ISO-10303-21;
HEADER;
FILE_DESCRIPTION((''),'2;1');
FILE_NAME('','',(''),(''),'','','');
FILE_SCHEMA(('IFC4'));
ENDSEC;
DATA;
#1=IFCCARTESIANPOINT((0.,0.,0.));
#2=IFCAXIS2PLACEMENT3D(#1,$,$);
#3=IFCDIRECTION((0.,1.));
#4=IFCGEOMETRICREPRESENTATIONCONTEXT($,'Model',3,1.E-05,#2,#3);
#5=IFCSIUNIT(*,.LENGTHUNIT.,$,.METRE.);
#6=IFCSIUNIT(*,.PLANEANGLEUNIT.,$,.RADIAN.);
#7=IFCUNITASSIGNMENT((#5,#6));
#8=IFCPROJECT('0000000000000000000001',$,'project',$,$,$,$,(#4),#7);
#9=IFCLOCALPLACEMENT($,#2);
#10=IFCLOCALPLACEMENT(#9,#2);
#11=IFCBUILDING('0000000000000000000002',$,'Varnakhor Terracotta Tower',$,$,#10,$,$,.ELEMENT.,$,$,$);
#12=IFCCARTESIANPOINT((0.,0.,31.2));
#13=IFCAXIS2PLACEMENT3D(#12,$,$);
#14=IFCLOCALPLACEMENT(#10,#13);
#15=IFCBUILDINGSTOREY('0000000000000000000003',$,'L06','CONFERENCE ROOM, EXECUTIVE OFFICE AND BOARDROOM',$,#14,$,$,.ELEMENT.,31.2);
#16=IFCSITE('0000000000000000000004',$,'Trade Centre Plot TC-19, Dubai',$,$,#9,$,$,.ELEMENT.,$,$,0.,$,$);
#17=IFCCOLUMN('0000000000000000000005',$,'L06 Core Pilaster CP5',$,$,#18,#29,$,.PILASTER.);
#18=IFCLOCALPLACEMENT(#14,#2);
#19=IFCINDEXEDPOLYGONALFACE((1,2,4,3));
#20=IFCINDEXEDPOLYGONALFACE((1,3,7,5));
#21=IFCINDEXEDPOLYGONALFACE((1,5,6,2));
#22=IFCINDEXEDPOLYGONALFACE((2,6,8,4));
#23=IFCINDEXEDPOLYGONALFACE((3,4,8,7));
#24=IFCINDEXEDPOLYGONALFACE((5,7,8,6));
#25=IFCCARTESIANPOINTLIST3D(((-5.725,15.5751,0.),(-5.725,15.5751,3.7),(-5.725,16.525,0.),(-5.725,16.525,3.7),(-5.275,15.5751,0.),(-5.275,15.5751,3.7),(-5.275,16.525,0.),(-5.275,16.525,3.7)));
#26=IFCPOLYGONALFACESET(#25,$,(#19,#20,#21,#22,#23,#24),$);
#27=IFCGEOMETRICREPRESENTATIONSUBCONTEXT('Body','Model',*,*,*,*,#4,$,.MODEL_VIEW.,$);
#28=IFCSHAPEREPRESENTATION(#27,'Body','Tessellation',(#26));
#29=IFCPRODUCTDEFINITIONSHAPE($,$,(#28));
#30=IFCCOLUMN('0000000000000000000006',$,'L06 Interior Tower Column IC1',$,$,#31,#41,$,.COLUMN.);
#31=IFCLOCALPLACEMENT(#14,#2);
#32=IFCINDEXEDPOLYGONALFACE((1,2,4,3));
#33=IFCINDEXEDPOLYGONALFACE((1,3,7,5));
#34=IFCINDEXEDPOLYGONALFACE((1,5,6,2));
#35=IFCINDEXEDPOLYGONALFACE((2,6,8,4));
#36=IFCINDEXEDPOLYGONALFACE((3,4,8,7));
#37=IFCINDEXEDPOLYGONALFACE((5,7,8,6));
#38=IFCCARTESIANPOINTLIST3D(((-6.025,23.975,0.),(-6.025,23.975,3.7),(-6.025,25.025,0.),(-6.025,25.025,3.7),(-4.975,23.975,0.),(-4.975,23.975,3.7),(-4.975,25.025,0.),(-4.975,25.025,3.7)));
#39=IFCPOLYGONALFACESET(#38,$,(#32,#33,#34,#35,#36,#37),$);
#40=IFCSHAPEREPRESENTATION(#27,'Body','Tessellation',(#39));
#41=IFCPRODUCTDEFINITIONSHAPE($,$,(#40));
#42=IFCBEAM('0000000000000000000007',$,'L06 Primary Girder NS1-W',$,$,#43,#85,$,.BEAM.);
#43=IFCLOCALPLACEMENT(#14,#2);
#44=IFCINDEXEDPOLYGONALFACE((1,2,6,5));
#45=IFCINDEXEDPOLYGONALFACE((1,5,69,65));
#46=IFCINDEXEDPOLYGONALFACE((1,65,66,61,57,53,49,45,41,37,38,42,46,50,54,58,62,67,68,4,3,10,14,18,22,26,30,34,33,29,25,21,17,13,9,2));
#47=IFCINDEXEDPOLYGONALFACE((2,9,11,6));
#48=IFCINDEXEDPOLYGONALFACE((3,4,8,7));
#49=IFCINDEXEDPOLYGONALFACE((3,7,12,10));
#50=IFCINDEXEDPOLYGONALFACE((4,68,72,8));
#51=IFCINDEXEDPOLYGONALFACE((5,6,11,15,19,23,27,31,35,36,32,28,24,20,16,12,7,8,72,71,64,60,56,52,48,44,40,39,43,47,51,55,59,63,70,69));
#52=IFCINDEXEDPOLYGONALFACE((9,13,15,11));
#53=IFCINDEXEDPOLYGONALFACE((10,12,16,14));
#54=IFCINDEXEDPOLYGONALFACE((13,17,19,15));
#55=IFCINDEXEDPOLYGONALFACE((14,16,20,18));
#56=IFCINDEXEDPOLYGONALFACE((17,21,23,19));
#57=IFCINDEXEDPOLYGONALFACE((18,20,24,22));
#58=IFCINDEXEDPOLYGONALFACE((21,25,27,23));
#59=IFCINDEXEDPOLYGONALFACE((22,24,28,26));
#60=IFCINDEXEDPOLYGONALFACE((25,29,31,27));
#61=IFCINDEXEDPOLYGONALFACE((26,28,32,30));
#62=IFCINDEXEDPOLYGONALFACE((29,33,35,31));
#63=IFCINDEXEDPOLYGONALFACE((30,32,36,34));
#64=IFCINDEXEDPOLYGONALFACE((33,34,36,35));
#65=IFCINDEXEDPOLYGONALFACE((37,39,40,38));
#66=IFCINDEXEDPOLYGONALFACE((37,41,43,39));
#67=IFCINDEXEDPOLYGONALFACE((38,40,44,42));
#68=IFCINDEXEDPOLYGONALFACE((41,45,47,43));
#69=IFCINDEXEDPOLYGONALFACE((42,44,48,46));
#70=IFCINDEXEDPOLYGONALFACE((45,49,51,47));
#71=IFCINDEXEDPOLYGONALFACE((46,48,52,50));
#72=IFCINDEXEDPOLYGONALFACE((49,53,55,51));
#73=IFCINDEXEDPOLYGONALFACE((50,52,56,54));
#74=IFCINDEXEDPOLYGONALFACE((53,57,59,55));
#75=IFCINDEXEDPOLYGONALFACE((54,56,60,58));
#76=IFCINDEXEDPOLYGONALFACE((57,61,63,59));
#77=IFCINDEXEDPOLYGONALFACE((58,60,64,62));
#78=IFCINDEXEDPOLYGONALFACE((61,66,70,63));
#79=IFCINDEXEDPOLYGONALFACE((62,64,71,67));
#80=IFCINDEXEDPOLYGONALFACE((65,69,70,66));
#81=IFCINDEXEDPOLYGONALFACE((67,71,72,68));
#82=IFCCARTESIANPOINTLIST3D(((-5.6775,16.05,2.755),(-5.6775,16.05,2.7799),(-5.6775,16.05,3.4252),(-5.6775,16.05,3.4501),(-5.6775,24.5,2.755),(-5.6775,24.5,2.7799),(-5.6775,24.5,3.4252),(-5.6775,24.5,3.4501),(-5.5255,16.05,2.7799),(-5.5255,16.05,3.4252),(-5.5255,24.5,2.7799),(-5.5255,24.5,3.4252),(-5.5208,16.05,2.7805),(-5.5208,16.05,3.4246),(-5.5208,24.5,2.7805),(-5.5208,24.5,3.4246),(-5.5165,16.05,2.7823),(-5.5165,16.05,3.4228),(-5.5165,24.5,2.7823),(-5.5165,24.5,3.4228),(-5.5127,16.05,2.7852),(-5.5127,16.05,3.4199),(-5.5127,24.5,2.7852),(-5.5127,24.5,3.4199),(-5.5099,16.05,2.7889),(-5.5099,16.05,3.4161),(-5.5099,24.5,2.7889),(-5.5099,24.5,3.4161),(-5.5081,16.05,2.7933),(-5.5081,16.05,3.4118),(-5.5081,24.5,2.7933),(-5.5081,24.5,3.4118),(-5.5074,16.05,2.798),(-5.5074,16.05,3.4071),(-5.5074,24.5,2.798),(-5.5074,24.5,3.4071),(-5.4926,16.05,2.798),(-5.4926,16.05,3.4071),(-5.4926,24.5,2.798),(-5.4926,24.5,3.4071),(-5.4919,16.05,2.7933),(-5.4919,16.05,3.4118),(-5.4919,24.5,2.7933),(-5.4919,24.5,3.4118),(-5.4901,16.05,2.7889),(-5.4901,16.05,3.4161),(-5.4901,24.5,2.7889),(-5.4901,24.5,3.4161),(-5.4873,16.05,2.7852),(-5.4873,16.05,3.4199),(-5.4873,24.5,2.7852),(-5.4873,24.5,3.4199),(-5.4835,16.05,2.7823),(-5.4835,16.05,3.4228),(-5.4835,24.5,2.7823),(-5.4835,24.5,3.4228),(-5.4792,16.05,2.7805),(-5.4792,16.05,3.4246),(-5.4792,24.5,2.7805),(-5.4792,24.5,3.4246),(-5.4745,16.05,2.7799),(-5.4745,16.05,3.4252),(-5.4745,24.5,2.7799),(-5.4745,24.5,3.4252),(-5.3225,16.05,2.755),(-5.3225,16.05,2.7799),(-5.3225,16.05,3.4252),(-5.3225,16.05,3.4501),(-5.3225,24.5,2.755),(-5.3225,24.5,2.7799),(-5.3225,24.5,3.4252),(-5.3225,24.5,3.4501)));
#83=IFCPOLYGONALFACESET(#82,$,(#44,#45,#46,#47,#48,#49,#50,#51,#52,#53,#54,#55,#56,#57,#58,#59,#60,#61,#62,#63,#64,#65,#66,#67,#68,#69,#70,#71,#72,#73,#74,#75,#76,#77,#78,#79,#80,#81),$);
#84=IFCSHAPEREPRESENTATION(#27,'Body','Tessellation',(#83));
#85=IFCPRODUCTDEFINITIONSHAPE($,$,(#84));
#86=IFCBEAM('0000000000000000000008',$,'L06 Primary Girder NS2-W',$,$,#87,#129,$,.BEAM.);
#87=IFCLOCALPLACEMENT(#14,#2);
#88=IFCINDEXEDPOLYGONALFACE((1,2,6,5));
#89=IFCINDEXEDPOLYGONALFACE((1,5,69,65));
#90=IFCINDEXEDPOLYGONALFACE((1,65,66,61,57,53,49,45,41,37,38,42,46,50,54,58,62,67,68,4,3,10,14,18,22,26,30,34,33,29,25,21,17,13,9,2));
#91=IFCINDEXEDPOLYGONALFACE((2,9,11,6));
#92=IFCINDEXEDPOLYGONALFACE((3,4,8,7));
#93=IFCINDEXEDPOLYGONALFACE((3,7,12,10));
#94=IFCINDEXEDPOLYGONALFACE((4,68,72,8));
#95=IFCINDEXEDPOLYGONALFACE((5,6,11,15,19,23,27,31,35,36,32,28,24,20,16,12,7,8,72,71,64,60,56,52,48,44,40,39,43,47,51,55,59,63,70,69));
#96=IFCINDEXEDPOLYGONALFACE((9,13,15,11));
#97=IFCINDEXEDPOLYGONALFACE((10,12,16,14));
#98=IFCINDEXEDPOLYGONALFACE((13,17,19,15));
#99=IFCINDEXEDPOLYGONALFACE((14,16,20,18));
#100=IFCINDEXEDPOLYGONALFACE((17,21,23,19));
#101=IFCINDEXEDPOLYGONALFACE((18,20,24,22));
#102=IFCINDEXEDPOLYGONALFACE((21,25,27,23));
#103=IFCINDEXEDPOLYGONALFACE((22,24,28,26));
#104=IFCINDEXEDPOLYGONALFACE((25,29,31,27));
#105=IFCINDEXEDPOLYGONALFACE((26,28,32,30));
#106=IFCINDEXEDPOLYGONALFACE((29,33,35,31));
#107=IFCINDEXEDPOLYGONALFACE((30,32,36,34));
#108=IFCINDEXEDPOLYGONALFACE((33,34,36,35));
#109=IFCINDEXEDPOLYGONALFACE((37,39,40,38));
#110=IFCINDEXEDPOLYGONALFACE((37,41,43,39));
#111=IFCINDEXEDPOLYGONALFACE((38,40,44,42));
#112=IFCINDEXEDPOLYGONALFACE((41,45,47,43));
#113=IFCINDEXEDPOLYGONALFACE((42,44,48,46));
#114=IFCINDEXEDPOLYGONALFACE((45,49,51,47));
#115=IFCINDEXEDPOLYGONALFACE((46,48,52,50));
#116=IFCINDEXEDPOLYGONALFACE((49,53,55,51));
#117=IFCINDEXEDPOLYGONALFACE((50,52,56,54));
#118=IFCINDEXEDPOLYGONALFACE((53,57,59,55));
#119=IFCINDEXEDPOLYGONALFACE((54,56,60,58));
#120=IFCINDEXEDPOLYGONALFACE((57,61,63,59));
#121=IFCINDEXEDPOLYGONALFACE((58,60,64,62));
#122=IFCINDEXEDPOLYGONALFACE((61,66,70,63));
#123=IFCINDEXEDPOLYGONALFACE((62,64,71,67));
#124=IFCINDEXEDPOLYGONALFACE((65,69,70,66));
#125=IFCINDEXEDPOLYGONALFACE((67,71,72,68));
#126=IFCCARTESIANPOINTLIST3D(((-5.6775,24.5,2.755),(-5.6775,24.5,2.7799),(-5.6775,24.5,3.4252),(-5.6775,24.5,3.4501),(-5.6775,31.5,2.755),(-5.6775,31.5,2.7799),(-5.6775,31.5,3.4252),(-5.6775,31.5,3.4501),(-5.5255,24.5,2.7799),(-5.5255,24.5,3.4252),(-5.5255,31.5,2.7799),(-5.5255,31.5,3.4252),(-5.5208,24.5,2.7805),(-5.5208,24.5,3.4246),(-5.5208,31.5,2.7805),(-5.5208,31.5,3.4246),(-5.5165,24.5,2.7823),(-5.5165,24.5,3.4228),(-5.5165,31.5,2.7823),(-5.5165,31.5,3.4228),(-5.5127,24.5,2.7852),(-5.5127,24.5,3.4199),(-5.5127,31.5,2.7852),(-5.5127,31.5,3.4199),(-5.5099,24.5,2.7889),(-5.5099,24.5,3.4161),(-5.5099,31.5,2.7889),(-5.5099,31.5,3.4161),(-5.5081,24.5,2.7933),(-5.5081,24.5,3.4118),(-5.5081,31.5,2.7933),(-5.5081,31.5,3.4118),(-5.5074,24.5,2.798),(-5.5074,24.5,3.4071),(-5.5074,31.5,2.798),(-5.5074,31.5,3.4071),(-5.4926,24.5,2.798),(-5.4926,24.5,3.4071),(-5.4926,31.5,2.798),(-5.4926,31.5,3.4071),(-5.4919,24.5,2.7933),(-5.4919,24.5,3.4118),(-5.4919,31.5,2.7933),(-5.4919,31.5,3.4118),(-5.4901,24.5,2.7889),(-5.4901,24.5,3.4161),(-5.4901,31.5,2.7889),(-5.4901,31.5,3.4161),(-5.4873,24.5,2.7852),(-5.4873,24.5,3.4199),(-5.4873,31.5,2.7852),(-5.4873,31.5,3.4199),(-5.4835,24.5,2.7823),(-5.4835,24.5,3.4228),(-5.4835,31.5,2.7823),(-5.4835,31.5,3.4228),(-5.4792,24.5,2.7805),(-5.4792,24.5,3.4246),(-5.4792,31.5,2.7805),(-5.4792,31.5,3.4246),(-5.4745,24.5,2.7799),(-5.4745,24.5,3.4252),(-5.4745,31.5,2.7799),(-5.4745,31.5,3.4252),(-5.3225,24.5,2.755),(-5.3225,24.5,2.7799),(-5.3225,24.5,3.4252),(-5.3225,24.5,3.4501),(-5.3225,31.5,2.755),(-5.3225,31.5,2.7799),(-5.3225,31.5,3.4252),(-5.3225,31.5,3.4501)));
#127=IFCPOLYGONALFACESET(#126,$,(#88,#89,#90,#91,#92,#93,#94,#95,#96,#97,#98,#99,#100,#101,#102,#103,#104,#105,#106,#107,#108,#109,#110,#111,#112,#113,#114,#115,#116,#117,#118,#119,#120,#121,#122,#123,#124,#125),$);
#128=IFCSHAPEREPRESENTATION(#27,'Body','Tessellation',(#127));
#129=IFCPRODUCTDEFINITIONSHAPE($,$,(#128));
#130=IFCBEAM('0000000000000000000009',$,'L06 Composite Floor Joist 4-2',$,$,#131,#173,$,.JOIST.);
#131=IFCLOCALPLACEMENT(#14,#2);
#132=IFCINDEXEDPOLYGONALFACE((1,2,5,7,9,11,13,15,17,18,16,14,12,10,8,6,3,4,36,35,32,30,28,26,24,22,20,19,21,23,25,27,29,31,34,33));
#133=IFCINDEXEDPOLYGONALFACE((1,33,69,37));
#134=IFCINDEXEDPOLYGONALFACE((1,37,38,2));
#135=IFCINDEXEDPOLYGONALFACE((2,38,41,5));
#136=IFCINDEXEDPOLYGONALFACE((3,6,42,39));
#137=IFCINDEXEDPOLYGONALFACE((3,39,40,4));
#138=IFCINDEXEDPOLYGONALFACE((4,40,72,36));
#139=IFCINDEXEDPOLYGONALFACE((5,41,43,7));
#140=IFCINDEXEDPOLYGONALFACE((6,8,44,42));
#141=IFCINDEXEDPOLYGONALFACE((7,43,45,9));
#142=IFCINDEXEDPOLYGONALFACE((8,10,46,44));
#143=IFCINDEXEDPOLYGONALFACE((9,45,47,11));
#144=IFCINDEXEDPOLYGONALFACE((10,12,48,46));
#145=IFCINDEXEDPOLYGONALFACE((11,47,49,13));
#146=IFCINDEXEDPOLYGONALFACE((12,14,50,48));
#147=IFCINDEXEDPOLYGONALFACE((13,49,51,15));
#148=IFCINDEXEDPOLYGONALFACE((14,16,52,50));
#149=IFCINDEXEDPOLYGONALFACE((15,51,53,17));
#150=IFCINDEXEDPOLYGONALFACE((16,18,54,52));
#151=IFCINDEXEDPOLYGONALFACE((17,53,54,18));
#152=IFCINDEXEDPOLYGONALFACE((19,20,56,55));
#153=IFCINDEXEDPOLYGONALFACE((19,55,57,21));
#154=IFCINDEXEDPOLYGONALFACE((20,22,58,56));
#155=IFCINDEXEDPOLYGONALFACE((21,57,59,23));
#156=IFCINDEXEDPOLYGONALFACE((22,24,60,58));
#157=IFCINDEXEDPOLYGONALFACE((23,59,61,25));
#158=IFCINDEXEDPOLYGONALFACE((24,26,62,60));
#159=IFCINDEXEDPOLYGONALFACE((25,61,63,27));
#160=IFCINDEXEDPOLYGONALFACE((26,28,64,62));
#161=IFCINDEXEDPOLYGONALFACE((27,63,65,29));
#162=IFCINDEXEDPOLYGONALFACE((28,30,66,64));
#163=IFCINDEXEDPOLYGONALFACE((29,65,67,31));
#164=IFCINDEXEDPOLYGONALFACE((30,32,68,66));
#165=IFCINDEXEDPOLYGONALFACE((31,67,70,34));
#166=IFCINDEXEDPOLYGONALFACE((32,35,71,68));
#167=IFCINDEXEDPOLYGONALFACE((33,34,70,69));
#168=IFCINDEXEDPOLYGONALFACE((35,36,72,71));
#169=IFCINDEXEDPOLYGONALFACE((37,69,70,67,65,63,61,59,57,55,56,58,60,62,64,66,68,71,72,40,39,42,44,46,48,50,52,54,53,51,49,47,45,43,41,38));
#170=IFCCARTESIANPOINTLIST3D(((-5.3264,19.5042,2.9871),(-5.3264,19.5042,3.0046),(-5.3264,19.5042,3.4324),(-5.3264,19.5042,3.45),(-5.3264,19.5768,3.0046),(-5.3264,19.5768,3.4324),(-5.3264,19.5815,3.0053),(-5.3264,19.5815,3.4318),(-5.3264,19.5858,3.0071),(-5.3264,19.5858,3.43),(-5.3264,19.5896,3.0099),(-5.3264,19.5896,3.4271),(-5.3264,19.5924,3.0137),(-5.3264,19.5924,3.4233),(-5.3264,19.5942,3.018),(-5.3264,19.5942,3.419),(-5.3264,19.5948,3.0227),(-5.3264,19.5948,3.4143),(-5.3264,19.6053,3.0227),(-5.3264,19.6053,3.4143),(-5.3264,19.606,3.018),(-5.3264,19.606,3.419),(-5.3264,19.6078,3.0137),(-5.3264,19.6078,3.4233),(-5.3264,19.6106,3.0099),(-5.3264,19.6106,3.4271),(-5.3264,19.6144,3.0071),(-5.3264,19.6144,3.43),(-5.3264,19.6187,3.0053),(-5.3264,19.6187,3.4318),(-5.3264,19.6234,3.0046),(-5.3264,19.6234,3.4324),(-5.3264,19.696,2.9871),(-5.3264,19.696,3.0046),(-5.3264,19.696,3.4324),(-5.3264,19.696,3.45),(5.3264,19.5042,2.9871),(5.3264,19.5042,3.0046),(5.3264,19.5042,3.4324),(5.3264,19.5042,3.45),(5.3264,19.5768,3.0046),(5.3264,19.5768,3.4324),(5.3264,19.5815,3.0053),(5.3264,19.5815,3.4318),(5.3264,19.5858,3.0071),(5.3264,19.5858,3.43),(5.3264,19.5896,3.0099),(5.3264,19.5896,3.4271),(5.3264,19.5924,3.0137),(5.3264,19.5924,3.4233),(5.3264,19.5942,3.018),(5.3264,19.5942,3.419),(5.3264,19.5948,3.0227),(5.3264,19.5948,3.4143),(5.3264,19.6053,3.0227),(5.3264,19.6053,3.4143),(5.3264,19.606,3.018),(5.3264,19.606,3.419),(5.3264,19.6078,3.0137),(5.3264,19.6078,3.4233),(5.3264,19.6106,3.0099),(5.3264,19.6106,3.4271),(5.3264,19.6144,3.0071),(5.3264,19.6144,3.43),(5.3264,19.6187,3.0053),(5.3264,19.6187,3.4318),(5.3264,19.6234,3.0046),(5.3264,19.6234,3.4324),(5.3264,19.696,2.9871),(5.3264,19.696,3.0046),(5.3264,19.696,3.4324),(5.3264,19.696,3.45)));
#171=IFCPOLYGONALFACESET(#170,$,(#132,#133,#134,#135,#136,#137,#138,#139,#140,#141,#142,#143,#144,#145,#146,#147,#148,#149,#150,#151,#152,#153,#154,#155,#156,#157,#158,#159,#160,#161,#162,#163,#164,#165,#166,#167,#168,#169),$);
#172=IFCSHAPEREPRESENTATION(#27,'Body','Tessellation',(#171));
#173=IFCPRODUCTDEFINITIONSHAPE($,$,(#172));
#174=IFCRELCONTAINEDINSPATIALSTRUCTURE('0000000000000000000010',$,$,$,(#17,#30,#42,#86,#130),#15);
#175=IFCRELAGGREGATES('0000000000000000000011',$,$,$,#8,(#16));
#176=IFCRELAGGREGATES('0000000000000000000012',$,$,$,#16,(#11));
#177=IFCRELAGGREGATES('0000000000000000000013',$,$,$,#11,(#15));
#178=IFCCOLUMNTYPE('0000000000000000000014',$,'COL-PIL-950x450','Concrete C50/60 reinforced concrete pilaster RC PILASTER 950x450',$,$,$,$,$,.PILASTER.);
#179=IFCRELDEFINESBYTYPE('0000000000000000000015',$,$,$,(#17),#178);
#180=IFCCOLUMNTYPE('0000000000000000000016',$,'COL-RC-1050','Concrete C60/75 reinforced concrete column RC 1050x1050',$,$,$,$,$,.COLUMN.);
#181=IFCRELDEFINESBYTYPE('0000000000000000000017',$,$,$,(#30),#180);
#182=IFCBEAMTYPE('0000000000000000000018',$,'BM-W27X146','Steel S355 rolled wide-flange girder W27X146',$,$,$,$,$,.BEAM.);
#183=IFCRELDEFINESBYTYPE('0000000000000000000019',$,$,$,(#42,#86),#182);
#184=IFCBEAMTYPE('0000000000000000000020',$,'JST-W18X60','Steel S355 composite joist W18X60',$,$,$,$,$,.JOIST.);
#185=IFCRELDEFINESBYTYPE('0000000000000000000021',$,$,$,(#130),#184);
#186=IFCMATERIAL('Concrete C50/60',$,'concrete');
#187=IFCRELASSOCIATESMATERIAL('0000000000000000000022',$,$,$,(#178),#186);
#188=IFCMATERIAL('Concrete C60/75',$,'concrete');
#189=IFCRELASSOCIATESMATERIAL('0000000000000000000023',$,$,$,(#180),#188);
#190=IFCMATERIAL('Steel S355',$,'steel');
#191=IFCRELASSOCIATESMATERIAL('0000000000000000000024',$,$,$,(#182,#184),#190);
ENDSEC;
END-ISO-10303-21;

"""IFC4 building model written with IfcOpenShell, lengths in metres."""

from ifc_helpers import new_model, si_unit, direction, frame, origin, origin_2d, place, context, subcontext, project, spatial, rectangle, i_section, extrude, source, transform, mapped, material, material_profile, profile_set, type_object, type_shapes, element, save


model = new_model("IFC4")

# Units and contexts
model_context = context("Model", 3, precision=1e-05, world=origin(), true_north=direction((0.0, 1.0)))
body_context = subcontext(model_context, "Body", "Model", "MODEL_VIEW")
ifc_project = project(units=[si_unit("LENGTHUNIT", "METRE"), si_unit("PLANEANGLEUNIT", "RADIAN")], contexts=[model_context])

# Site, building, storey
site_placement = place(None, origin())
site = spatial("IfcSite", under=ifc_project, at=site_placement, Name="Trade Centre Plot TC-19, Dubai", CompositionType="ELEMENT", RefElevation=0.0)
building_placement = place(site_placement, origin())
building = spatial("IfcBuilding", under=site, at=building_placement, Name="Varnakhor Terracotta Tower", CompositionType="ELEMENT")
storey_placement = place(building_placement, frame((0.0, 0.0, 31.2)))
storey = spatial("IfcBuildingStorey", under=building, at=storey_placement, Name="L06", Description="CONFERENCE ROOM, EXECUTIVE OFFICE AND BOARDROOM", CompositionType="ELEMENT", Elevation=31.2)

# Columns
ifc_material_1 = material(Name="Concrete C50/60", Category="concrete")
ifc_material_profile_1 = material_profile(ifc_material_1, rectangle(XDim=0.45, YDim=0.95, at=origin_2d()), Name="RC PILASTER 950x450")
ifc_profile_set_1 = profile_set([ifc_material_profile_1], Name="Concrete C50/60")
column_type_1 = type_object("IfcColumnType", Name="COL-PIL-950x450", Description="Concrete C50/60 reinforced concrete pilaster RC PILASTER 950x450", PredefinedType="PILASTER", material=ifc_profile_set_1)
shared_shape_1 = source(origin(), body_context, "Body", "SweptSolid", [
    extrude(rectangle(XDim=0.45, YDim=0.95, at=origin_2d()), origin(), (0.0, 0.0, 1.0), 3.7),
])
column_1_placement = place(storey_placement, frame((-5.5, 16.05, 0.0), z_axis=(0.0, 0.0, 1.0), x_axis=(1.0, 0.0, 0.0)))
element("IfcColumn", 1, at=column_1_placement, inside=storey, type_object=column_type_1, Name="L06 Core Pilaster CP5", PredefinedType="PILASTER", context=body_context, shape_type="MappedRepresentation", body=[
    mapped(shared_shape_1, transform((0.0, 0.0, 0.0), scale=1.0)),
])
ifc_material_2 = material(Name="Concrete C60/75", Category="concrete")
ifc_material_profile_2 = material_profile(ifc_material_2, rectangle(XDim=1.05, YDim=1.05, at=origin_2d()), Name="RC 1050x1050")
ifc_profile_set_2 = profile_set([ifc_material_profile_2], Name="Concrete C60/75")
column_type_2 = type_object("IfcColumnType", Name="COL-RC-1050", Description="Concrete C60/75 reinforced concrete column RC 1050x1050", PredefinedType="COLUMN", material=ifc_profile_set_2)
shared_shape_2 = source(origin(), body_context, "Body", "SweptSolid", [
    extrude(rectangle(XDim=1.05, YDim=1.05, at=origin_2d()), origin(), (0.0, 0.0, 1.0), 3.7),
])
column_2_placement = place(storey_placement, frame((-5.5, 24.5, 0.0), z_axis=(0.0, 0.0, 1.0), x_axis=(1.0, 0.0, 0.0)))
element("IfcColumn", 2, at=column_2_placement, inside=storey, type_object=column_type_2, Name="L06 Interior Tower Column IC1", PredefinedType="COLUMN", context=body_context, shape_type="MappedRepresentation", body=[
    mapped(shared_shape_2, transform((0.0, 0.0, 0.0), scale=1.0)),
])

# Beams
ifc_material_3 = material(Name="Steel S355", Category="steel")
ifc_material_profile_3 = material_profile(ifc_material_3, i_section(OverallWidth=0.355, OverallDepth=0.6951, WebThickness=0.0149, FlangeThickness=0.0249, FilletRadius=0.0181, at=origin_2d()), Name="W27X146")
ifc_profile_set_3 = profile_set([ifc_material_profile_3], Name="Steel S355")
beam_type_1 = type_object("IfcBeamType", Name="BM-W27X146", Description="Steel S355 rolled wide-flange girder W27X146", PredefinedType="BEAM", material=ifc_profile_set_3)
shared_shape_3 = source(origin(), body_context, "Body", "SweptSolid", [
    extrude(i_section(OverallWidth=0.355, OverallDepth=0.6951, WebThickness=0.0149, FlangeThickness=0.0249, FilletRadius=0.0181, at=origin_2d()), origin(), (0.0, 0.0, 1.0), 8.45),
])
type_shapes(beam_type_1, [shared_shape_3])
beam_1_placement = place(storey_placement, frame((-5.5, 16.05, 3.1025), z_axis=(0.0, 1.0, 0.0), x_axis=(-1.0, 0.0, 0.0)))
element("IfcBeam", 3, at=beam_1_placement, inside=storey, type_object=beam_type_1, Name="L06 Primary Girder NS1-W", PredefinedType="BEAM", context=body_context, shape_type="MappedRepresentation", body=[
    mapped(shared_shape_3, transform((0.0, 0.0, 0.0), scale=1.0)),
])
shared_shape_4 = source(origin(), body_context, "Body", "SweptSolid", [
    extrude(i_section(OverallWidth=0.355, OverallDepth=0.6951, WebThickness=0.0149, FlangeThickness=0.0249, FilletRadius=0.0181, at=origin_2d()), origin(), (0.0, 0.0, 1.0), 7.0),
])
beam_2_placement = place(storey_placement, frame((-5.5, 24.5, 3.1025), z_axis=(0.0, 1.0, 0.0), x_axis=(-1.0, 0.0, 0.0)))
element("IfcBeam", 4, at=beam_2_placement, inside=storey, type_object=beam_type_1, Name="L06 Primary Girder NS2-W", PredefinedType="BEAM", context=body_context, shape_type="MappedRepresentation", body=[
    mapped(shared_shape_4, transform((0.0, 0.0, 0.0), scale=1.0)),
])
ifc_material_profile_4 = material_profile(ifc_material_3, i_section(OverallWidth=0.1919, OverallDepth=0.4629, WebThickness=0.0105, FlangeThickness=0.0176, FilletRadius=0.0181, at=origin_2d()), Name="W18X60")
ifc_profile_set_4 = profile_set([ifc_material_profile_4], Name="Steel S355")
beam_type_2 = type_object("IfcBeamType", Name="JST-W18X60", Description="Steel S355 composite joist W18X60", PredefinedType="JOIST", material=ifc_profile_set_4)
shared_shape_5 = source(origin(), body_context, "Body", "SweptSolid", [
    extrude(i_section(OverallWidth=0.1919, OverallDepth=0.4629, WebThickness=0.0105, FlangeThickness=0.0176, FilletRadius=0.0181, at=origin_2d()), origin(), (0.0, 0.0, 1.0), 10.6528),
])
for number, where, z_axis, x_axis, name in (
    (5, (-5.3264, 19.6001, 3.2185), (1.0, 0.0, 0.0), (0.0, 1.0, 0.0), "L06 Composite Floor Joist 4-2"),
):
    element("IfcBeam", number, at=place(storey_placement, frame(where, z_axis=z_axis, x_axis=x_axis)), inside=storey, type_object=beam_type_2, Name=name, PredefinedType="JOIST", context=body_context, shape_type="MappedRepresentation", body=[
        mapped(shared_shape_5, transform((0.0, 0.0, 0.0), scale=1.0)),
    ])

save(model, "model.ifc")
